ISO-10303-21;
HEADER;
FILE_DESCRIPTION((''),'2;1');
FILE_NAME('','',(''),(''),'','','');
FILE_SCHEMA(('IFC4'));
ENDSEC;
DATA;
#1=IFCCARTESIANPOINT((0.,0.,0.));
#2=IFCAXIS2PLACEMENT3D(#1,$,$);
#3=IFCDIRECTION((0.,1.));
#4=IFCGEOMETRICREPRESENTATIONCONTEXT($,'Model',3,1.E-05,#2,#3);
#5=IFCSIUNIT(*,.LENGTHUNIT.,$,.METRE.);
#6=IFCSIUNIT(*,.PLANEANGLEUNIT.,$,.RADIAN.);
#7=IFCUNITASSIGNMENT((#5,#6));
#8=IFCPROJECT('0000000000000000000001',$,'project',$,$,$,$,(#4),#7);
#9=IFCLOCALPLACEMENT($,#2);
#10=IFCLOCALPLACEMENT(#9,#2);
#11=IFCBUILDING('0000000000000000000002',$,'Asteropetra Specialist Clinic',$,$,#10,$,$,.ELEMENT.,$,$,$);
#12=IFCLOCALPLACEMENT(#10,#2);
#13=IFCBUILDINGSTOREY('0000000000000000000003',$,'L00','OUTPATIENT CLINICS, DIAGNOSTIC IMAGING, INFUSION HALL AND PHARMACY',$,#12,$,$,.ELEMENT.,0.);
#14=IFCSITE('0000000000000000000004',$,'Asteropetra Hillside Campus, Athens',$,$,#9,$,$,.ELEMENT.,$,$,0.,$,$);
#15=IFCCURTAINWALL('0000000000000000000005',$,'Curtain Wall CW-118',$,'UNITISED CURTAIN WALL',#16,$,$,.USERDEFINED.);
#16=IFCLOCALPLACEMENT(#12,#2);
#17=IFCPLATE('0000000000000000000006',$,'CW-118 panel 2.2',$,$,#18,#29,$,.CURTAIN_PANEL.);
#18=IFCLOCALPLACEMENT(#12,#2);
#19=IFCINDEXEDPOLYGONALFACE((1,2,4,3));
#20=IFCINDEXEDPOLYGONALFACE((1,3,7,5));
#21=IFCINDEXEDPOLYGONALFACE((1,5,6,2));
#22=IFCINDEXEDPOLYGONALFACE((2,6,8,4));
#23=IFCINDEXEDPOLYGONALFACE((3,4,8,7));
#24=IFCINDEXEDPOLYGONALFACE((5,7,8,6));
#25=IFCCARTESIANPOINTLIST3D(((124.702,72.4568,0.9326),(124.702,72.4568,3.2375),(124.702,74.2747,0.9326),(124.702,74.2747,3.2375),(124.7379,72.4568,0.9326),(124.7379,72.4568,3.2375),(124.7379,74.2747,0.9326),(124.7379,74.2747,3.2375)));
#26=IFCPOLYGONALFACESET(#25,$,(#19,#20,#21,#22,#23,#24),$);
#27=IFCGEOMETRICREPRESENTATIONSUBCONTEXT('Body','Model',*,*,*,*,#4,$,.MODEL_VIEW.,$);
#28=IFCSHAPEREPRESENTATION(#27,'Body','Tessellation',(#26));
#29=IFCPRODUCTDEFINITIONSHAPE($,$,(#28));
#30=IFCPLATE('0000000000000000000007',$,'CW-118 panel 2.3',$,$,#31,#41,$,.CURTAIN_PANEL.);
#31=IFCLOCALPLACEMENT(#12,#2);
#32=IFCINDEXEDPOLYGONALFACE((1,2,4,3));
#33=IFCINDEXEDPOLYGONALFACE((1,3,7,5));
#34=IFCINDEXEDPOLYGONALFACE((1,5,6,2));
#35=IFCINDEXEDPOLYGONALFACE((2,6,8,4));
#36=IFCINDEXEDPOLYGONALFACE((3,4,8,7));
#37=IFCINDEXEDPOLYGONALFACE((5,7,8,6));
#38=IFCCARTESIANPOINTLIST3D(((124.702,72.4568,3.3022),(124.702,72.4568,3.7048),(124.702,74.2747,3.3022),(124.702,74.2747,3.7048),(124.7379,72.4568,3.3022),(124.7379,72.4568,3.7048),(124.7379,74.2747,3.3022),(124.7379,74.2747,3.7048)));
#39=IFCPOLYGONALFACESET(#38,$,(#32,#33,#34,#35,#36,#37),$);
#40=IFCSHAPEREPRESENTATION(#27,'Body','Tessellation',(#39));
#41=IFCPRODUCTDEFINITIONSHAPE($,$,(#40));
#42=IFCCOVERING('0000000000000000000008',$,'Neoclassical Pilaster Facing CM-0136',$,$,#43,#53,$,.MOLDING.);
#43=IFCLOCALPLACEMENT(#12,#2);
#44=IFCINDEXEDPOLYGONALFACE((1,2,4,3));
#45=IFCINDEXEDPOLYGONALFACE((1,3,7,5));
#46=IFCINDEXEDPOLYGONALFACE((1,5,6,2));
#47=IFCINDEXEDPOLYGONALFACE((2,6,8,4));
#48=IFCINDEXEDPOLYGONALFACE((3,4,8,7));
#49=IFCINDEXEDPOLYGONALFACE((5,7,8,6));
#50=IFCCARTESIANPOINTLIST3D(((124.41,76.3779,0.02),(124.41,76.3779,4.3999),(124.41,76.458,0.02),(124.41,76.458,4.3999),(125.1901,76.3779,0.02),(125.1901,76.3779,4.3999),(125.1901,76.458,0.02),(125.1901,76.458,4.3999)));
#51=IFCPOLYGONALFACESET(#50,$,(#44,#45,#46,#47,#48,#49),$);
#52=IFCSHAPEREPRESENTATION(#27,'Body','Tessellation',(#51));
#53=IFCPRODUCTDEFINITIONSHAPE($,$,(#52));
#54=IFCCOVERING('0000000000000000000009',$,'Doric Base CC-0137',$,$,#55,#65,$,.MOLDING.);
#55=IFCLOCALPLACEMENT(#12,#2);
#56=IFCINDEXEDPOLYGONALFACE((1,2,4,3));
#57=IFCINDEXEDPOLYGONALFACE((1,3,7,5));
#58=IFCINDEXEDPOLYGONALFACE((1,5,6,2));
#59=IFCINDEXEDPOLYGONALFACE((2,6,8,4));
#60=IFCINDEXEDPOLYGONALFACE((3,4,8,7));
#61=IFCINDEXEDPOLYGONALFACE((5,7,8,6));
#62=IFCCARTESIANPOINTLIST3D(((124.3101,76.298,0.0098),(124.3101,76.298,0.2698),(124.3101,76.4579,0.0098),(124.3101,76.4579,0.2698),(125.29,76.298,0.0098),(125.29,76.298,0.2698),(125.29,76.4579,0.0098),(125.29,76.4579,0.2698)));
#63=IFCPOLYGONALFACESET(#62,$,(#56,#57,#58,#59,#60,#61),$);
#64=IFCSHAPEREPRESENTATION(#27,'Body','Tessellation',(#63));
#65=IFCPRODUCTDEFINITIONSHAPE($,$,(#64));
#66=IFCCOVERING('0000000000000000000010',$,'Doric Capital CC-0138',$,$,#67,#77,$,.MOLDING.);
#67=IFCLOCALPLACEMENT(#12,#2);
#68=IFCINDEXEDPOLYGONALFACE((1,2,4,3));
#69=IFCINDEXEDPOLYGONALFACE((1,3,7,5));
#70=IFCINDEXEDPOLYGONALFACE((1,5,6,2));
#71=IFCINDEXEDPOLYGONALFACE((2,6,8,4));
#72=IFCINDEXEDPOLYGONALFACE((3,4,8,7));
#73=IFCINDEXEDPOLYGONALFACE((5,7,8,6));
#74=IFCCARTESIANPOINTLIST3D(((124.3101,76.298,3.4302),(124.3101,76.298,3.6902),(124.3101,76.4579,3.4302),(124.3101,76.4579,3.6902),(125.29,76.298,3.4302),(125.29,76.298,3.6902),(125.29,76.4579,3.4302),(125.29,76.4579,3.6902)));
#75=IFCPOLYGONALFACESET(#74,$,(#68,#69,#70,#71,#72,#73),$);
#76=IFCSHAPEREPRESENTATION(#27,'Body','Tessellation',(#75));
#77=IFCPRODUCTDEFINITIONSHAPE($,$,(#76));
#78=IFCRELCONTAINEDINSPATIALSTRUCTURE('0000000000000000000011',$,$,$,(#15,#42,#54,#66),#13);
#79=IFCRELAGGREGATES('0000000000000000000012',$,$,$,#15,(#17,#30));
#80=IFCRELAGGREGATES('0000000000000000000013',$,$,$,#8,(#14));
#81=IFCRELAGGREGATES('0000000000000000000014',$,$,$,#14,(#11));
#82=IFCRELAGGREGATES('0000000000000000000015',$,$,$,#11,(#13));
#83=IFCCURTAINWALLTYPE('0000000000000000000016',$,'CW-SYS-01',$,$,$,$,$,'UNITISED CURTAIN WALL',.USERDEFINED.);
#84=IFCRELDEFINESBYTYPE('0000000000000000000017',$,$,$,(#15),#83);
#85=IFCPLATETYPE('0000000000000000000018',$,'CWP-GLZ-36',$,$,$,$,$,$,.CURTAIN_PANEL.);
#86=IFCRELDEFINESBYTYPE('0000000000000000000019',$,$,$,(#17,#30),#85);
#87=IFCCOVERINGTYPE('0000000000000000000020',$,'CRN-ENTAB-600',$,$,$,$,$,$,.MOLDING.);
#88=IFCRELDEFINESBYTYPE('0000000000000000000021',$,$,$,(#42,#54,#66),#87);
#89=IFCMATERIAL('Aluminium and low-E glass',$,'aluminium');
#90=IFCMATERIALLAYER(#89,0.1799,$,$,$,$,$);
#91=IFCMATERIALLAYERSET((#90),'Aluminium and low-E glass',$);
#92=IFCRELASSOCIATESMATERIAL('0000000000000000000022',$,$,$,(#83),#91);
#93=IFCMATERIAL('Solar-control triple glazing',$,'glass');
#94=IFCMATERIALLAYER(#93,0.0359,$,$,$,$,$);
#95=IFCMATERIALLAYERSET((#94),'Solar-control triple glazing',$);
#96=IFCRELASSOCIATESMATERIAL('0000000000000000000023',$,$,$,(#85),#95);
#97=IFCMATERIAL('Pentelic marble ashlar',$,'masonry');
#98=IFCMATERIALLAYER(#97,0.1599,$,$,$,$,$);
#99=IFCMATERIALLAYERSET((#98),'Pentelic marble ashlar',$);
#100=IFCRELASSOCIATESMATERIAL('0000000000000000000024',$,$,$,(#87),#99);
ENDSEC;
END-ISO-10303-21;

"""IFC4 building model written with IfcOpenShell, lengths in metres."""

from ifc_helpers import new_model, si_unit, direction, frame, origin, origin_2d, place, context, subcontext, project, spatial, rectangle, extrude, material, layer, layer_set, type_object, element, aggregate, save


model = new_model("IFC4")

# Units and contexts
model_context = context("Model", 3, precision=1e-05, world=origin(), true_north=direction((0.0, 1.0)))
body_context = subcontext(model_context, "Body", "Model", "MODEL_VIEW")
ifc_project = project(units=[si_unit("LENGTHUNIT", "METRE"), si_unit("PLANEANGLEUNIT", "RADIAN")], contexts=[model_context])

# Site, building, storey
site_placement = place(None, origin())
site = spatial("IfcSite", under=ifc_project, at=site_placement, Name="Asteropetra Hillside Campus, Athens", CompositionType="ELEMENT", RefElevation=0.0)
building_placement = place(site_placement, origin())
building = spatial("IfcBuilding", under=site, at=building_placement, Name="Asteropetra Specialist Clinic", CompositionType="ELEMENT")
storey_placement = place(building_placement, origin())
storey = spatial("IfcBuildingStorey", under=building, at=storey_placement, Name="L00", Description="OUTPATIENT CLINICS, DIAGNOSTIC IMAGING, INFUSION HALL AND PHARMACY", CompositionType="ELEMENT", Elevation=0.0)

# Curtain wall, plates
ifc_material_1 = material(Name="Aluminium and low-E glass", Category="aluminium")
ifc_layer_1 = layer(ifc_material_1, 0.1799)
ifc_layer_set_1 = layer_set([ifc_layer_1], Name="Aluminium and low-E glass")
curtain_wall_type = type_object("IfcCurtainWallType", Name="CW-SYS-01", ElementType="UNITISED CURTAIN WALL", PredefinedType="USERDEFINED", material=ifc_layer_set_1)
curtain_wall_placement = place(storey_placement, origin())
curtain_wall = element("IfcCurtainWall", 1, at=curtain_wall_placement, inside=storey, type_object=curtain_wall_type, Name="Curtain Wall CW-118", ObjectType="UNITISED CURTAIN WALL", PredefinedType="USERDEFINED")
ifc_material_2 = material(Name="Solar-control triple glazing", Category="glass")
ifc_layer_2 = layer(ifc_material_2, 0.0359)
ifc_layer_set_2 = layer_set([ifc_layer_2], Name="Solar-control triple glazing")
plate_type = type_object("IfcPlateType", Name="CWP-GLZ-36", PredefinedType="CURTAIN_PANEL", material=ifc_layer_set_2)
plate_1_placement = place(storey_placement, frame((124.72, 73.3657, 0.9326), z_axis=(0.0, 0.0, 1.0), x_axis=(0.0, -1.0, 0.0)))
plate_1 = element("IfcPlate", 2, at=plate_1_placement, type_object=plate_type, Name="CW-118 panel 2.2", PredefinedType="CURTAIN_PANEL", context=body_context, shape_type="SweptSolid", body=[
    extrude(rectangle(XDim=1.8179, YDim=0.0359, at=origin_2d()), origin(), (0.0, 0.0, 1.0), 2.3049),
])
plate_2_placement = place(storey_placement, frame((124.72, 73.3657, 3.3022), z_axis=(0.0, 0.0, 1.0), x_axis=(0.0, -1.0, 0.0)))
plate_2 = element("IfcPlate", 3, at=plate_2_placement, type_object=plate_type, Name="CW-118 panel 2.3", PredefinedType="CURTAIN_PANEL", context=body_context, shape_type="SweptSolid", body=[
    extrude(rectangle(XDim=1.8179, YDim=0.0359, at=origin_2d()), origin(), (0.0, 0.0, 1.0), 0.4026),
])
aggregate(curtain_wall, [plate_1, plate_2])

# Coverings
ifc_material_3 = material(Name="Pentelic marble ashlar", Category="masonry")
ifc_layer_3 = layer(ifc_material_3, 0.1599)
ifc_layer_set_3 = layer_set([ifc_layer_3], Name="Pentelic marble ashlar")
covering_type = type_object("IfcCoveringType", Name="CRN-ENTAB-600", PredefinedType="MOLDING", material=ifc_layer_set_3)
covering_placement = place(storey_placement, frame((124.8, 76.418, 0.02), z_axis=(0.0, 0.0, 1.0), x_axis=(1.0, 0.0, 0.0)))
element("IfcCovering", 4, at=covering_placement, inside=storey, type_object=covering_type, Name="Neoclassical Pilaster Facing CM-0136", PredefinedType="MOLDING", context=body_context, shape_type="SweptSolid", body=[
    extrude(rectangle(XDim=0.78, YDim=0.0801, at=origin_2d()), origin(), (0.0, 0.0, 1.0), 4.3799),
])
for number, where, z_axis, x_axis, name in (
    (5, (124.8, 76.3779, 0.0098), (0.0, 0.0, 1.0), (1.0, 0.0, 0.0), "Doric Base CC-0137"),
    (6, (124.8, 76.3779, 3.4302), (0.0, 0.0, 1.0), (1.0, 0.0, 0.0), "Doric Capital CC-0138"),
):
    element("IfcCovering", number, at=place(storey_placement, frame(where, z_axis=z_axis, x_axis=x_axis)), inside=storey, type_object=covering_type, Name=name, PredefinedType="MOLDING", context=body_context, shape_type="SweptSolid", body=[
        extrude(rectangle(XDim=0.98, YDim=0.1599, at=origin_2d()), origin(), (0.0, 0.0, 1.0), 0.26),
    ])

save(model, "model.ifc")
